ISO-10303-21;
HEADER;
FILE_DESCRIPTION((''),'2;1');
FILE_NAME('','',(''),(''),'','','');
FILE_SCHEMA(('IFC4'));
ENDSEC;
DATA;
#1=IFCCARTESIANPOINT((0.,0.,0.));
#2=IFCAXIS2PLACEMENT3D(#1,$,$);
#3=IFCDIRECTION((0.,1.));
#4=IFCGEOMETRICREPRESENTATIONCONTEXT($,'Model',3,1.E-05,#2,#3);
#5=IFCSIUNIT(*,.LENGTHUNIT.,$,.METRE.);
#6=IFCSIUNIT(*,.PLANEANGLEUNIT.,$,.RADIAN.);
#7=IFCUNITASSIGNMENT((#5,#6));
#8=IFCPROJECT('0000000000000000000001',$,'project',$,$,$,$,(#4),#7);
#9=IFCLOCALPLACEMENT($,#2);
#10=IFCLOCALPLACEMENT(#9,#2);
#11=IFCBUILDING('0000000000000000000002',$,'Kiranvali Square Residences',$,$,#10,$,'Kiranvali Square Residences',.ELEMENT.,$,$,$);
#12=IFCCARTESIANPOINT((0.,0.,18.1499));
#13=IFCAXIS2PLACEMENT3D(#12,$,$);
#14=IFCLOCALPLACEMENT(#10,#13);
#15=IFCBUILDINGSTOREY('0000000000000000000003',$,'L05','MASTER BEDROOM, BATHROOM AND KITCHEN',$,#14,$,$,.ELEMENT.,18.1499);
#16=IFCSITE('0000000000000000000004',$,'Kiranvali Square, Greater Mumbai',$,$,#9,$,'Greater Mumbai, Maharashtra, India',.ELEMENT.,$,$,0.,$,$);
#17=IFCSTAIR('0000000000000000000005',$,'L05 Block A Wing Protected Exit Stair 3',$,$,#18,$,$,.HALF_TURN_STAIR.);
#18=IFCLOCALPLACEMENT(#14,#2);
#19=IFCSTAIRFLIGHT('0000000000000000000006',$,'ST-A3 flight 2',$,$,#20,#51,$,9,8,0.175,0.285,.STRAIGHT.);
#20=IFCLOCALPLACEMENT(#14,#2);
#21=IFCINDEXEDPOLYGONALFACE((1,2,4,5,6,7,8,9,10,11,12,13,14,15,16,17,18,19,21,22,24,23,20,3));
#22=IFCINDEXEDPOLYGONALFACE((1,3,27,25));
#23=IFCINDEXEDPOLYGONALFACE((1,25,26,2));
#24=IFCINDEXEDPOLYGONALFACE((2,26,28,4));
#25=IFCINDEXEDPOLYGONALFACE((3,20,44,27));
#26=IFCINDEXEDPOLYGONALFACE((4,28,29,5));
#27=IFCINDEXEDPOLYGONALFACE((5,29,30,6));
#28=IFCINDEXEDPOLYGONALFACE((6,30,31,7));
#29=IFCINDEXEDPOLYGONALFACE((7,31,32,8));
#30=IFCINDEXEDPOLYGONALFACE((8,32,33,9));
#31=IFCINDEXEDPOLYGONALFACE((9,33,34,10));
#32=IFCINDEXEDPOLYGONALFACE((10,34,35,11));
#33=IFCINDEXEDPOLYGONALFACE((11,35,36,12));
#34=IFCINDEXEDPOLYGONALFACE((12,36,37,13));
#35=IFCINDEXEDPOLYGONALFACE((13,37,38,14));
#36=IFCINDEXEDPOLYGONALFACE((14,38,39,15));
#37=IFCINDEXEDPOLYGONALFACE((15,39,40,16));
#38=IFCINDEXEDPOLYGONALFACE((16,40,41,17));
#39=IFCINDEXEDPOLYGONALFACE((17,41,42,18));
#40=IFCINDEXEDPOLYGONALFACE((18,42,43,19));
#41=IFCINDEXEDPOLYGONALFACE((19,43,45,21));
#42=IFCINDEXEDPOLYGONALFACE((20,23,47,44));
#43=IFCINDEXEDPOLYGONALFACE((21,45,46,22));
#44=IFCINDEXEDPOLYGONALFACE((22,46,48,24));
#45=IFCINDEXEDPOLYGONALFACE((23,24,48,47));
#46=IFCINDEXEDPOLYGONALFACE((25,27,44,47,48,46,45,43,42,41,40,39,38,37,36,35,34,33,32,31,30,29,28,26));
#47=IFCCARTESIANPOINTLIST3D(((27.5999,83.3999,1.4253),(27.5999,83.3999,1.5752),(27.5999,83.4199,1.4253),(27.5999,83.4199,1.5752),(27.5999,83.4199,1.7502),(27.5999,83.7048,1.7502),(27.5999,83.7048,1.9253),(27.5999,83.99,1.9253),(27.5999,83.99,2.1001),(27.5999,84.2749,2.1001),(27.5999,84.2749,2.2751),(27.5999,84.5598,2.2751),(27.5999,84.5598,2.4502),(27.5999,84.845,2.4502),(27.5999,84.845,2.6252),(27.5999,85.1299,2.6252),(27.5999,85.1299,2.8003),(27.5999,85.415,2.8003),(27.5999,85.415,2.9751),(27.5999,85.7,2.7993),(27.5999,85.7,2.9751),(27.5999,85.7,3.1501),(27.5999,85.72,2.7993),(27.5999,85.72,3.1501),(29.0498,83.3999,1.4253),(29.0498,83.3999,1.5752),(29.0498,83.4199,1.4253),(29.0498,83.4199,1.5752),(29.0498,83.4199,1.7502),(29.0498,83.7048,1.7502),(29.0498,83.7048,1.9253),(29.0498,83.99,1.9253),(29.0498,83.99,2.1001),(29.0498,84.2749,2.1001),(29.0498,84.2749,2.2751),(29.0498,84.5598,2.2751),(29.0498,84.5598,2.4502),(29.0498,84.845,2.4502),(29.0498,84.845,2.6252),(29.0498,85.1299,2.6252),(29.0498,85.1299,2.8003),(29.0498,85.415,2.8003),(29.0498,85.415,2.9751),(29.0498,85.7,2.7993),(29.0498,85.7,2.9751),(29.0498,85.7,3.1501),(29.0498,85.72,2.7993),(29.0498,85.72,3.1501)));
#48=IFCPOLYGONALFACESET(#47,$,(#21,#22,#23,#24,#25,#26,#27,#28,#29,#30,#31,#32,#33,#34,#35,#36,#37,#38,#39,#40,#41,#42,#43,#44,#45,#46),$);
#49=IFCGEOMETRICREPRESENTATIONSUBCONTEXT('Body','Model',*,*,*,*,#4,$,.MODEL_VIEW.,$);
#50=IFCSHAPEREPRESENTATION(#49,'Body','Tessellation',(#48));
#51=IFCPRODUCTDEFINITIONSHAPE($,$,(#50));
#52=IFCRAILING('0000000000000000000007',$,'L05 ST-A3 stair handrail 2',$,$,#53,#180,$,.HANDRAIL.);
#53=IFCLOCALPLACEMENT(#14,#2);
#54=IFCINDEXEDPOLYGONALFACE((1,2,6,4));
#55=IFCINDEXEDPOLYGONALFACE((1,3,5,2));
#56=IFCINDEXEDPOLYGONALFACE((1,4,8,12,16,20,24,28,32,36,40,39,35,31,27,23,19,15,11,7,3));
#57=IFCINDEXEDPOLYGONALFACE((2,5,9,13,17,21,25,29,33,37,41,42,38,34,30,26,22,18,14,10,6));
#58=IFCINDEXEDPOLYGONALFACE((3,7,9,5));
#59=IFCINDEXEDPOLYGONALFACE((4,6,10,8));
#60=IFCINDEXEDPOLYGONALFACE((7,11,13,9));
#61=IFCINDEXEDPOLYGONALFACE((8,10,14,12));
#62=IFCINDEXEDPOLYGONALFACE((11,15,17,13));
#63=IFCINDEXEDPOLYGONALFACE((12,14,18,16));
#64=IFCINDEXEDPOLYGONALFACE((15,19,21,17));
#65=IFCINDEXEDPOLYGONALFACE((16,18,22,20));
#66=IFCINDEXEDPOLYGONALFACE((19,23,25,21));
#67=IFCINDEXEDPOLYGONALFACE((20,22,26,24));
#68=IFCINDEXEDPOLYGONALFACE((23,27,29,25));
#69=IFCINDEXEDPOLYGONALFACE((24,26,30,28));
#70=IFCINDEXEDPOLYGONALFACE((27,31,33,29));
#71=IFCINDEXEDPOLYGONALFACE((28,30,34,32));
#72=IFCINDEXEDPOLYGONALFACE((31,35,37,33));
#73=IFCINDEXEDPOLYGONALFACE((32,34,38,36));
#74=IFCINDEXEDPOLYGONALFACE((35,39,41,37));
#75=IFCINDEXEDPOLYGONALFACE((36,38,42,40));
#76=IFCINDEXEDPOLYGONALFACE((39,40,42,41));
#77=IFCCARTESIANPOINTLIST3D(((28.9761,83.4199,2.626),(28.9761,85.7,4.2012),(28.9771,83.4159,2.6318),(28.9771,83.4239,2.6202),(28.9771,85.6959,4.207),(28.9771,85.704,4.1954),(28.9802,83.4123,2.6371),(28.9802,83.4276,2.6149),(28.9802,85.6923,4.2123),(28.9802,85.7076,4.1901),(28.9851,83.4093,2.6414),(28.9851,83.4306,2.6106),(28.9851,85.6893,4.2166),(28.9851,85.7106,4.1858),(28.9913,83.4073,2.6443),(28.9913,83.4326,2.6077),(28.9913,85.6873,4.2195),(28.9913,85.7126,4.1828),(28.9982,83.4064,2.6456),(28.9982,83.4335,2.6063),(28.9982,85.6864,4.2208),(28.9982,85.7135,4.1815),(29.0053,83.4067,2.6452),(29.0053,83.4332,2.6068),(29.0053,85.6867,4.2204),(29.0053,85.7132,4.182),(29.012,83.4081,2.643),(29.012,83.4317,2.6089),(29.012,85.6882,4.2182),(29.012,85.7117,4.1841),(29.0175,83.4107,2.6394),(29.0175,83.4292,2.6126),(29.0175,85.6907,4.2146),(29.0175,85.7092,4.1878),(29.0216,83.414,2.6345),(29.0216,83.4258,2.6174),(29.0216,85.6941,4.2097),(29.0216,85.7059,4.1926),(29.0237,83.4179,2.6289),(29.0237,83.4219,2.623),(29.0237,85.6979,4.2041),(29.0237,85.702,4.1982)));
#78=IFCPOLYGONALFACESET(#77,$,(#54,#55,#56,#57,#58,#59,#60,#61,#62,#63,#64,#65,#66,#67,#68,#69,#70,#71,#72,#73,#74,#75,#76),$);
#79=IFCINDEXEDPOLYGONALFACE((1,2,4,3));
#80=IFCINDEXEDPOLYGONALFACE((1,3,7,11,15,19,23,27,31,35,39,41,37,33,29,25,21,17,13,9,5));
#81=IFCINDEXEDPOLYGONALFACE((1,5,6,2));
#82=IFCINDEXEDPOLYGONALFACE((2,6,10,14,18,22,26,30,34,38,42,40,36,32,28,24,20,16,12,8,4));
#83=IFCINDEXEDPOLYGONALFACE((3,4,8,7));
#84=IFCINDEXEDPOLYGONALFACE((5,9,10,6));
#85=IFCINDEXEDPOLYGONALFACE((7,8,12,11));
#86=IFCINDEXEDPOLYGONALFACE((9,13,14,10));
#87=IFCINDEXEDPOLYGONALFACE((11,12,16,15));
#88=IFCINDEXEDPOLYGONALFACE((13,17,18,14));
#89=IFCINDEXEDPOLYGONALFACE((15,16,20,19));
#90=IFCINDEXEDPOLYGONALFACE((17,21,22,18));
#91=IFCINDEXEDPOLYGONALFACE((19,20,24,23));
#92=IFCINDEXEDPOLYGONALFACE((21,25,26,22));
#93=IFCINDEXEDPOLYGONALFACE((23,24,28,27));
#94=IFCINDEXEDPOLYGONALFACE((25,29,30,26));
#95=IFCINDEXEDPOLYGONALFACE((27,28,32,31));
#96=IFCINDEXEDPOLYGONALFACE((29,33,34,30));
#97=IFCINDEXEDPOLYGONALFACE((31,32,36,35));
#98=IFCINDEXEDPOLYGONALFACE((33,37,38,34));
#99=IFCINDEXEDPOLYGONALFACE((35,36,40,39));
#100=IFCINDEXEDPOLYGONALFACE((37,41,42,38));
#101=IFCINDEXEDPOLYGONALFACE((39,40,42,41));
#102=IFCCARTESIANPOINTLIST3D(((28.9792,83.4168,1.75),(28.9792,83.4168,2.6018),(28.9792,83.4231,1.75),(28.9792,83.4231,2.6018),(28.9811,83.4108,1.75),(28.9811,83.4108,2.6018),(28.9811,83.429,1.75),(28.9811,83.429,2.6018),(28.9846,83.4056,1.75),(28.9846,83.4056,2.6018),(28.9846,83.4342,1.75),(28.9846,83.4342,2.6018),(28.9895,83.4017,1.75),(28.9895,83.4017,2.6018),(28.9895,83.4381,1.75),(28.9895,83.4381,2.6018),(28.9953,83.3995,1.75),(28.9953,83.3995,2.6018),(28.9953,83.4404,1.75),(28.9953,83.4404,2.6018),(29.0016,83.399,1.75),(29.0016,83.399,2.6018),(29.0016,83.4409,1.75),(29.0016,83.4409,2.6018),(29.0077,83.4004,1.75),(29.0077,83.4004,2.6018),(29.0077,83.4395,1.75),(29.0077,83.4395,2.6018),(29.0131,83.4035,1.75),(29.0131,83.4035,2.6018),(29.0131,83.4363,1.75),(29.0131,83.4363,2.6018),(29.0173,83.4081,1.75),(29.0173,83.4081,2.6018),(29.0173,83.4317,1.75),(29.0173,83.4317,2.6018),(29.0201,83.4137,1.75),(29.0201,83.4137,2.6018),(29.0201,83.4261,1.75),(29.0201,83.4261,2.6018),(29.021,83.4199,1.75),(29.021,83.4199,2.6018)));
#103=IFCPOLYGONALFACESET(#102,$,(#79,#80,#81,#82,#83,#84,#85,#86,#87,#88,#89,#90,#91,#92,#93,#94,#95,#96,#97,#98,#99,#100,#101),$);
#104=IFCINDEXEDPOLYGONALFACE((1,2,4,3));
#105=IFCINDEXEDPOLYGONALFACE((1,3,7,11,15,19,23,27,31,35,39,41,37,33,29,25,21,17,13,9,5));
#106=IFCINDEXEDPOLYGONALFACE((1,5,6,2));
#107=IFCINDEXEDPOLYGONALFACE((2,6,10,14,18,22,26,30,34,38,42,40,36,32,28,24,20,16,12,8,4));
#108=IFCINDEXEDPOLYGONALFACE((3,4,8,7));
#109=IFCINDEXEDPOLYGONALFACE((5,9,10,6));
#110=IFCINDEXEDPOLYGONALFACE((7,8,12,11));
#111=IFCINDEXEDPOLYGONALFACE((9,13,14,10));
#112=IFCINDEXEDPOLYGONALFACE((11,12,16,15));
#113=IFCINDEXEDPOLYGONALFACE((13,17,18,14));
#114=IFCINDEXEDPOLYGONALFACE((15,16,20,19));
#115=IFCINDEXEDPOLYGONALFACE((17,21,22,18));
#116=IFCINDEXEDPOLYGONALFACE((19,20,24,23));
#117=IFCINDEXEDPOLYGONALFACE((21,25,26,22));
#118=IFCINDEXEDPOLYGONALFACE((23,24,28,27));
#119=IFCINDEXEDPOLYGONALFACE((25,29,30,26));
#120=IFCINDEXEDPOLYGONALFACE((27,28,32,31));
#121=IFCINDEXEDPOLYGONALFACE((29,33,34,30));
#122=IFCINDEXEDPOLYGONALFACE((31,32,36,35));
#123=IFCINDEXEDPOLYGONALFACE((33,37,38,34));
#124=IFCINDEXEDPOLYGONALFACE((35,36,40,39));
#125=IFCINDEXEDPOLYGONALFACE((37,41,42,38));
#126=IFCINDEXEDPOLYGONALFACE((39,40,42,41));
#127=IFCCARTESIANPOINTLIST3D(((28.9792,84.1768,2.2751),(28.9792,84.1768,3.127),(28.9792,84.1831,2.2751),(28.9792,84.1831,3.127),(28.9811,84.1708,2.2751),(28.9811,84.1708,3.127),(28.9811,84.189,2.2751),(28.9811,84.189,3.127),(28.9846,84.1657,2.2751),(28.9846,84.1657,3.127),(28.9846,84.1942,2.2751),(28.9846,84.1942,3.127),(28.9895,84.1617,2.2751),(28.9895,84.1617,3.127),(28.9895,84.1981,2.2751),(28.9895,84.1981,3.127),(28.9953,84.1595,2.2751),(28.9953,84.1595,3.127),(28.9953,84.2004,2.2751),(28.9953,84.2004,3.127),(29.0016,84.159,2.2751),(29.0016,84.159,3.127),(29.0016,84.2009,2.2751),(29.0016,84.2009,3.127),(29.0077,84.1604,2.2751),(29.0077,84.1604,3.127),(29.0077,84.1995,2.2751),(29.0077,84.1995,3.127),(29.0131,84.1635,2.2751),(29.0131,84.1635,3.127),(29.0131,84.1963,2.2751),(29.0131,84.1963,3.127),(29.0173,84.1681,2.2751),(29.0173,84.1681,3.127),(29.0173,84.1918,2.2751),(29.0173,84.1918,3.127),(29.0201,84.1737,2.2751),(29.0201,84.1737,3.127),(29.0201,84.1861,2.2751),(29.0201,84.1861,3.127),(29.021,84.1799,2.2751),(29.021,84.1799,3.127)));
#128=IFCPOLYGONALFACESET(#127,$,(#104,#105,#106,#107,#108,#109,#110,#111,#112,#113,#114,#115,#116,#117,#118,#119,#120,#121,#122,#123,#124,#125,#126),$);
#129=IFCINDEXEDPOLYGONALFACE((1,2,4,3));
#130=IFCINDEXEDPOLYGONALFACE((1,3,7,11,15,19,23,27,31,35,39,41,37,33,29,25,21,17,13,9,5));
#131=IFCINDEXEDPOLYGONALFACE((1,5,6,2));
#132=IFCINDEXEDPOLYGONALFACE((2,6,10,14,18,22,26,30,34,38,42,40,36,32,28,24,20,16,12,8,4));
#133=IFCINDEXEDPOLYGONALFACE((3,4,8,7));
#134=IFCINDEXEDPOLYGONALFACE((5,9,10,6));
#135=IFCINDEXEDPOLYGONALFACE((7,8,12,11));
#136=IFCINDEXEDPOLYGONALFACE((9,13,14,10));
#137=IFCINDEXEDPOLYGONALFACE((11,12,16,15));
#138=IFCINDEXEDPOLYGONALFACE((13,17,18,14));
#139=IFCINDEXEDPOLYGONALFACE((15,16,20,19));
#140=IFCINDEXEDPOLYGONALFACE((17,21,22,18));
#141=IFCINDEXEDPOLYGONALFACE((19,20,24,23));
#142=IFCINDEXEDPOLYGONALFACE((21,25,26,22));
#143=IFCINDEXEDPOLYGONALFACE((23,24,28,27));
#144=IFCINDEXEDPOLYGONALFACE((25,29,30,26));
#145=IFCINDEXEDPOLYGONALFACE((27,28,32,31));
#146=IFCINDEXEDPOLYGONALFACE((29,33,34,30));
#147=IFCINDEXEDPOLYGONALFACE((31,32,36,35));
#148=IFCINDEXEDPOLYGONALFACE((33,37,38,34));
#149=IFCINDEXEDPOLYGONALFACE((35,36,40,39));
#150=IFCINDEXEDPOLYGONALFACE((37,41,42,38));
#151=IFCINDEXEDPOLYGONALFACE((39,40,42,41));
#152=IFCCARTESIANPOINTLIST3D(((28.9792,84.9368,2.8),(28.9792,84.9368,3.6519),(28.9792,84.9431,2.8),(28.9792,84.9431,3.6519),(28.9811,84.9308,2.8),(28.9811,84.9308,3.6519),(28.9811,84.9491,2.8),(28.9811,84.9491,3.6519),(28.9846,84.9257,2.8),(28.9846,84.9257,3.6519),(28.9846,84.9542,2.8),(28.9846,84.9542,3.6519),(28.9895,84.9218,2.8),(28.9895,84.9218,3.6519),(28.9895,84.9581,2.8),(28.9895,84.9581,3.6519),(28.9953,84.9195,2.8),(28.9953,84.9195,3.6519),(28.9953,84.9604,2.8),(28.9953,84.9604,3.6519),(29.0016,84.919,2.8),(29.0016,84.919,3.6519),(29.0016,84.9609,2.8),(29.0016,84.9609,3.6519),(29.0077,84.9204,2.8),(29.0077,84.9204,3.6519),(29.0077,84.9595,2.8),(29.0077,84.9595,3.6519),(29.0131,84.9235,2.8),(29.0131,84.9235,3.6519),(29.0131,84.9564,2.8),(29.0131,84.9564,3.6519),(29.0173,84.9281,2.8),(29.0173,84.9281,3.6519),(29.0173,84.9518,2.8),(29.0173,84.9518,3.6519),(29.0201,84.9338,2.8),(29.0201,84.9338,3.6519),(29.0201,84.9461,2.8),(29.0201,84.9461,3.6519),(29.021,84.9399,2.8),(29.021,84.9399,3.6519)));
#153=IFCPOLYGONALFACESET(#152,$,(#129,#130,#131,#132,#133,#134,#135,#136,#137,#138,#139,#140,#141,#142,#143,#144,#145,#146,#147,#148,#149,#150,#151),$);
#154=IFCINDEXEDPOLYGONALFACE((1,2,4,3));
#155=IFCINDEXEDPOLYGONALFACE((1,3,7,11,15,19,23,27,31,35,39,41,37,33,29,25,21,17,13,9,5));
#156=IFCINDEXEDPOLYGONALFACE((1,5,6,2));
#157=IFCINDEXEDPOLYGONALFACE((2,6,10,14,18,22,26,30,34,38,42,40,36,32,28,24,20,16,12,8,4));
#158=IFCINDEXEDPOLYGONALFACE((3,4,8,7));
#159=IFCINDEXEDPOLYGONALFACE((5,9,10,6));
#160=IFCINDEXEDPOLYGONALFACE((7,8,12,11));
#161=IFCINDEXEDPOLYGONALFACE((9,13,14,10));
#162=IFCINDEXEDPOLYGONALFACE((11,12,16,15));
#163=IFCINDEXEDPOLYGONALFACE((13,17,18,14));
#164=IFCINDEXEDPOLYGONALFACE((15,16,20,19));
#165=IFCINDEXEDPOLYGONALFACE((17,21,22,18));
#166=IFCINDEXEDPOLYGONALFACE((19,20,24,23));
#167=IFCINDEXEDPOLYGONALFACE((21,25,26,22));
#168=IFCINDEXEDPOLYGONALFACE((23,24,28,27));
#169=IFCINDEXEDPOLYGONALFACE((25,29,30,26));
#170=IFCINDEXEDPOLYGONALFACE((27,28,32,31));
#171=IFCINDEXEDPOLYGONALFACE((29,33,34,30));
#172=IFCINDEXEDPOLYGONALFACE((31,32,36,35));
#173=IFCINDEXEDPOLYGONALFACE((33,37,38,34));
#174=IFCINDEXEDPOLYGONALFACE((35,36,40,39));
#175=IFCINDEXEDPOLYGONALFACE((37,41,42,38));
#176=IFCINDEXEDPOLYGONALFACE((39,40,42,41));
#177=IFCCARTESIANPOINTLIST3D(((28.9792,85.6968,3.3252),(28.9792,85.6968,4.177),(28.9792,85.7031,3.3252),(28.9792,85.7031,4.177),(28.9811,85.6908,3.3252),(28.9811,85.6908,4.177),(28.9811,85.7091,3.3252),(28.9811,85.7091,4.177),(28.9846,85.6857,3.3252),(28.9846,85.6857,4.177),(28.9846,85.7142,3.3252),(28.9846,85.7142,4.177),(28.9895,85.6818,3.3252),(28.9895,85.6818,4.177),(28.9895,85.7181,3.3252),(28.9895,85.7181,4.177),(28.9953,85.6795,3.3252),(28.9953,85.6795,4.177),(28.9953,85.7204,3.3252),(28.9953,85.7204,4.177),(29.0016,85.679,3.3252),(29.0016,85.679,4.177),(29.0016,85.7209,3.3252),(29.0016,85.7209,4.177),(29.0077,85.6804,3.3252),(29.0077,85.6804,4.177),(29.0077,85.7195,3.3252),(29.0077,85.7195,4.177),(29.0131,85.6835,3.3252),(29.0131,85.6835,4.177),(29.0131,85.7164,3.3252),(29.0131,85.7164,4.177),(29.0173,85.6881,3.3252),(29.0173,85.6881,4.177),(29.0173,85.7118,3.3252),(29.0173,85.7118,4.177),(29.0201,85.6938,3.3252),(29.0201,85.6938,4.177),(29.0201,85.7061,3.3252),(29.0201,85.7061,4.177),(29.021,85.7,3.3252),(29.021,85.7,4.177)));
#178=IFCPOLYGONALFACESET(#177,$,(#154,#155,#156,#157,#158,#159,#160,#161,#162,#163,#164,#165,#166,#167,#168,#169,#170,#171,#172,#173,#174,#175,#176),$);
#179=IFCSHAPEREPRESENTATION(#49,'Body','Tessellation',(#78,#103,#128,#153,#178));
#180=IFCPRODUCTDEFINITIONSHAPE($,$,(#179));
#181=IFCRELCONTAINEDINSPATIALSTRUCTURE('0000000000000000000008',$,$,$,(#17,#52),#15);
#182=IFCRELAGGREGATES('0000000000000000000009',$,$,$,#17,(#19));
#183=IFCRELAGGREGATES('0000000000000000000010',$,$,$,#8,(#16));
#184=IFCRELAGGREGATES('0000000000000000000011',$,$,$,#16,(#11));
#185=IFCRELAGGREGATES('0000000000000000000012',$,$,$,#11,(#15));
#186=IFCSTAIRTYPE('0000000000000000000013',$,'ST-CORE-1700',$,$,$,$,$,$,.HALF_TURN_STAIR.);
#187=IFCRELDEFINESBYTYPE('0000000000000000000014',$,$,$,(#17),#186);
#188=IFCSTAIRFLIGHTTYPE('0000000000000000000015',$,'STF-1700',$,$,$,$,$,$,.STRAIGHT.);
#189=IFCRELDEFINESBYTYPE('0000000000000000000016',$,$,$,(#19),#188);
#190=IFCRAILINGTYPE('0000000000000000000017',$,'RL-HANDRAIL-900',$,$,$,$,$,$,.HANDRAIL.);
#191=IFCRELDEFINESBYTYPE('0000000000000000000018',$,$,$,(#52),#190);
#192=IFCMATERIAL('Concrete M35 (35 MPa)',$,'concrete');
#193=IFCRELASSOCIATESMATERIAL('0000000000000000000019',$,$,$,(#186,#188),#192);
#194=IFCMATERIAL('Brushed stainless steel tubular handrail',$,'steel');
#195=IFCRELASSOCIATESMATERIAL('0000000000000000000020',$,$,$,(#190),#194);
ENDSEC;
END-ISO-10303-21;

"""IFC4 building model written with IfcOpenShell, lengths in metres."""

from ifc_helpers import new_model, si_unit, direction, frame, origin, origin_2d, place, context, subcontext, project, spatial, polyline, circle, outline, extrude, material, type_object, element, aggregate, save


model = new_model("IFC4")

# Units and contexts
model_context = context("Model", 3, precision=1e-05, world=origin(), true_north=direction((0.0, 1.0)))
body_context = subcontext(model_context, "Body", "Model", "MODEL_VIEW")
ifc_project = project(units=[si_unit("LENGTHUNIT", "METRE"), si_unit("PLANEANGLEUNIT", "RADIAN")], contexts=[model_context])

# Site, building, storey
site_placement = place(None, origin())
site = spatial("IfcSite", under=ifc_project, at=site_placement, Name="Kiranvali Square, Greater Mumbai", LongName="Greater Mumbai, Maharashtra, India", CompositionType="ELEMENT", RefElevation=0.0)
building_placement = place(site_placement, origin())
building = spatial("IfcBuilding", under=site, at=building_placement, Name="Kiranvali Square Residences", LongName="Kiranvali Square Residences", CompositionType="ELEMENT")
storey_placement = place(building_placement, frame((0.0, 0.0, 18.1499)))
storey = spatial("IfcBuildingStorey", under=building, at=storey_placement, Name="L05", Description="MASTER BEDROOM, BATHROOM AND KITCHEN", CompositionType="ELEMENT", Elevation=18.1499)

# Stair, stair flight
ifc_material_1 = material(Name="Concrete M35 (35 MPa)", Category="concrete")
stair_type = type_object("IfcStairType", Name="ST-CORE-1700", PredefinedType="HALF_TURN_STAIR", material=ifc_material_1)
stair_placement = place(storey_placement, origin())
stair = element("IfcStair", 1, at=stair_placement, inside=storey, type_object=stair_type, Name="L05 Block A Wing Protected Exit Stair 3", PredefinedType="HALF_TURN_STAIR")
stair_flight_type = type_object("IfcStairFlightType", Name="STF-1700", PredefinedType="STRAIGHT", material=ifc_material_1)
stair_flight_placement = place(storey_placement, frame((28.325, 83.4199, 1.5752), z_axis=(0.0, 0.0, 1.0), x_axis=(0.0, 1.0, 0.0)))
stair_flight = element("IfcStairFlight", 2, at=stair_flight_placement, type_object=stair_flight_type, Name="ST-A3 flight 2", NumberOfRisers=9, NumberOfTreads=8, PredefinedType="STRAIGHT", RiserHeight=0.175, TreadLength=0.285, context=body_context, shape_type="SweptSolid", body=[
    extrude(outline(polyline([(-0.02, -0.1499), (-0.02, 0.0), (0.0, 0.0), (0.0, 0.175), (0.2849, 0.175), (0.2849, 0.3501), (0.5701, 0.3501), (0.5701, 0.5249), (0.855, 0.5249), (0.855, 0.7), (1.1399, 0.7), (1.1399, 0.875), (1.425, 0.875), (1.425, 1.05), (1.71, 1.05), (1.71, 1.2251), (1.9951, 1.2251), (1.9951, 1.3999), (2.28, 1.3999), (2.28, 1.575), (2.3, 1.575), (2.3, 1.2241), (2.28, 1.2241), (0.0, -0.1499), (-0.02, -0.1499)])), frame((0.0, 0.7251, 0.0), z_axis=(0.0, -1.0, 0.0), x_axis=(1.0, 0.0, 0.0)), (0.0, 0.0, 1.0), 1.45),
])
aggregate(stair, [stair_flight])

# Railing
ifc_material_2 = material(Name="Brushed stainless steel tubular handrail", Category="steel")
railing_type_1 = type_object("IfcRailingType", Name="RL-HANDRAIL-900", PredefinedType="HANDRAIL", material=ifc_material_2)
railing_1_placement = place(storey_placement, frame((29.0, 83.4199, 1.75)))
element("IfcRailing", 3, at=railing_1_placement, inside=storey, type_object=railing_type_1, Name="L05 ST-A3 stair handrail 2", PredefinedType="HANDRAIL", context=body_context, shape_type="SweptSolid", body=[
    extrude(circle(Radius=0.0239, at=origin_2d()), frame((0.0, 0.0, 0.876), z_axis=(0.0, 0.822747, 0.568408), x_axis=(-1.0, 0.0, 0.0)), (0.0, 0.0, 1.0), 2.7712),
    extrude(circle(Radius=0.021, at=origin_2d()), origin(), (0.0, 0.0, 1.0), 0.8518),
    extrude(circle(Radius=0.021, at=origin_2d()), frame((0.0, 0.76, 0.5251)), (0.0, 0.0, 1.0), 0.8518),
    extrude(circle(Radius=0.021, at=origin_2d()), frame((0.0, 1.52, 1.05)), (0.0, 0.0, 1.0), 0.8518),
    extrude(circle(Radius=0.021, at=origin_2d()), frame((0.0, 2.28, 1.5752)), (0.0, 0.0, 1.0), 0.8518),
])

save(model, "model.ifc")
